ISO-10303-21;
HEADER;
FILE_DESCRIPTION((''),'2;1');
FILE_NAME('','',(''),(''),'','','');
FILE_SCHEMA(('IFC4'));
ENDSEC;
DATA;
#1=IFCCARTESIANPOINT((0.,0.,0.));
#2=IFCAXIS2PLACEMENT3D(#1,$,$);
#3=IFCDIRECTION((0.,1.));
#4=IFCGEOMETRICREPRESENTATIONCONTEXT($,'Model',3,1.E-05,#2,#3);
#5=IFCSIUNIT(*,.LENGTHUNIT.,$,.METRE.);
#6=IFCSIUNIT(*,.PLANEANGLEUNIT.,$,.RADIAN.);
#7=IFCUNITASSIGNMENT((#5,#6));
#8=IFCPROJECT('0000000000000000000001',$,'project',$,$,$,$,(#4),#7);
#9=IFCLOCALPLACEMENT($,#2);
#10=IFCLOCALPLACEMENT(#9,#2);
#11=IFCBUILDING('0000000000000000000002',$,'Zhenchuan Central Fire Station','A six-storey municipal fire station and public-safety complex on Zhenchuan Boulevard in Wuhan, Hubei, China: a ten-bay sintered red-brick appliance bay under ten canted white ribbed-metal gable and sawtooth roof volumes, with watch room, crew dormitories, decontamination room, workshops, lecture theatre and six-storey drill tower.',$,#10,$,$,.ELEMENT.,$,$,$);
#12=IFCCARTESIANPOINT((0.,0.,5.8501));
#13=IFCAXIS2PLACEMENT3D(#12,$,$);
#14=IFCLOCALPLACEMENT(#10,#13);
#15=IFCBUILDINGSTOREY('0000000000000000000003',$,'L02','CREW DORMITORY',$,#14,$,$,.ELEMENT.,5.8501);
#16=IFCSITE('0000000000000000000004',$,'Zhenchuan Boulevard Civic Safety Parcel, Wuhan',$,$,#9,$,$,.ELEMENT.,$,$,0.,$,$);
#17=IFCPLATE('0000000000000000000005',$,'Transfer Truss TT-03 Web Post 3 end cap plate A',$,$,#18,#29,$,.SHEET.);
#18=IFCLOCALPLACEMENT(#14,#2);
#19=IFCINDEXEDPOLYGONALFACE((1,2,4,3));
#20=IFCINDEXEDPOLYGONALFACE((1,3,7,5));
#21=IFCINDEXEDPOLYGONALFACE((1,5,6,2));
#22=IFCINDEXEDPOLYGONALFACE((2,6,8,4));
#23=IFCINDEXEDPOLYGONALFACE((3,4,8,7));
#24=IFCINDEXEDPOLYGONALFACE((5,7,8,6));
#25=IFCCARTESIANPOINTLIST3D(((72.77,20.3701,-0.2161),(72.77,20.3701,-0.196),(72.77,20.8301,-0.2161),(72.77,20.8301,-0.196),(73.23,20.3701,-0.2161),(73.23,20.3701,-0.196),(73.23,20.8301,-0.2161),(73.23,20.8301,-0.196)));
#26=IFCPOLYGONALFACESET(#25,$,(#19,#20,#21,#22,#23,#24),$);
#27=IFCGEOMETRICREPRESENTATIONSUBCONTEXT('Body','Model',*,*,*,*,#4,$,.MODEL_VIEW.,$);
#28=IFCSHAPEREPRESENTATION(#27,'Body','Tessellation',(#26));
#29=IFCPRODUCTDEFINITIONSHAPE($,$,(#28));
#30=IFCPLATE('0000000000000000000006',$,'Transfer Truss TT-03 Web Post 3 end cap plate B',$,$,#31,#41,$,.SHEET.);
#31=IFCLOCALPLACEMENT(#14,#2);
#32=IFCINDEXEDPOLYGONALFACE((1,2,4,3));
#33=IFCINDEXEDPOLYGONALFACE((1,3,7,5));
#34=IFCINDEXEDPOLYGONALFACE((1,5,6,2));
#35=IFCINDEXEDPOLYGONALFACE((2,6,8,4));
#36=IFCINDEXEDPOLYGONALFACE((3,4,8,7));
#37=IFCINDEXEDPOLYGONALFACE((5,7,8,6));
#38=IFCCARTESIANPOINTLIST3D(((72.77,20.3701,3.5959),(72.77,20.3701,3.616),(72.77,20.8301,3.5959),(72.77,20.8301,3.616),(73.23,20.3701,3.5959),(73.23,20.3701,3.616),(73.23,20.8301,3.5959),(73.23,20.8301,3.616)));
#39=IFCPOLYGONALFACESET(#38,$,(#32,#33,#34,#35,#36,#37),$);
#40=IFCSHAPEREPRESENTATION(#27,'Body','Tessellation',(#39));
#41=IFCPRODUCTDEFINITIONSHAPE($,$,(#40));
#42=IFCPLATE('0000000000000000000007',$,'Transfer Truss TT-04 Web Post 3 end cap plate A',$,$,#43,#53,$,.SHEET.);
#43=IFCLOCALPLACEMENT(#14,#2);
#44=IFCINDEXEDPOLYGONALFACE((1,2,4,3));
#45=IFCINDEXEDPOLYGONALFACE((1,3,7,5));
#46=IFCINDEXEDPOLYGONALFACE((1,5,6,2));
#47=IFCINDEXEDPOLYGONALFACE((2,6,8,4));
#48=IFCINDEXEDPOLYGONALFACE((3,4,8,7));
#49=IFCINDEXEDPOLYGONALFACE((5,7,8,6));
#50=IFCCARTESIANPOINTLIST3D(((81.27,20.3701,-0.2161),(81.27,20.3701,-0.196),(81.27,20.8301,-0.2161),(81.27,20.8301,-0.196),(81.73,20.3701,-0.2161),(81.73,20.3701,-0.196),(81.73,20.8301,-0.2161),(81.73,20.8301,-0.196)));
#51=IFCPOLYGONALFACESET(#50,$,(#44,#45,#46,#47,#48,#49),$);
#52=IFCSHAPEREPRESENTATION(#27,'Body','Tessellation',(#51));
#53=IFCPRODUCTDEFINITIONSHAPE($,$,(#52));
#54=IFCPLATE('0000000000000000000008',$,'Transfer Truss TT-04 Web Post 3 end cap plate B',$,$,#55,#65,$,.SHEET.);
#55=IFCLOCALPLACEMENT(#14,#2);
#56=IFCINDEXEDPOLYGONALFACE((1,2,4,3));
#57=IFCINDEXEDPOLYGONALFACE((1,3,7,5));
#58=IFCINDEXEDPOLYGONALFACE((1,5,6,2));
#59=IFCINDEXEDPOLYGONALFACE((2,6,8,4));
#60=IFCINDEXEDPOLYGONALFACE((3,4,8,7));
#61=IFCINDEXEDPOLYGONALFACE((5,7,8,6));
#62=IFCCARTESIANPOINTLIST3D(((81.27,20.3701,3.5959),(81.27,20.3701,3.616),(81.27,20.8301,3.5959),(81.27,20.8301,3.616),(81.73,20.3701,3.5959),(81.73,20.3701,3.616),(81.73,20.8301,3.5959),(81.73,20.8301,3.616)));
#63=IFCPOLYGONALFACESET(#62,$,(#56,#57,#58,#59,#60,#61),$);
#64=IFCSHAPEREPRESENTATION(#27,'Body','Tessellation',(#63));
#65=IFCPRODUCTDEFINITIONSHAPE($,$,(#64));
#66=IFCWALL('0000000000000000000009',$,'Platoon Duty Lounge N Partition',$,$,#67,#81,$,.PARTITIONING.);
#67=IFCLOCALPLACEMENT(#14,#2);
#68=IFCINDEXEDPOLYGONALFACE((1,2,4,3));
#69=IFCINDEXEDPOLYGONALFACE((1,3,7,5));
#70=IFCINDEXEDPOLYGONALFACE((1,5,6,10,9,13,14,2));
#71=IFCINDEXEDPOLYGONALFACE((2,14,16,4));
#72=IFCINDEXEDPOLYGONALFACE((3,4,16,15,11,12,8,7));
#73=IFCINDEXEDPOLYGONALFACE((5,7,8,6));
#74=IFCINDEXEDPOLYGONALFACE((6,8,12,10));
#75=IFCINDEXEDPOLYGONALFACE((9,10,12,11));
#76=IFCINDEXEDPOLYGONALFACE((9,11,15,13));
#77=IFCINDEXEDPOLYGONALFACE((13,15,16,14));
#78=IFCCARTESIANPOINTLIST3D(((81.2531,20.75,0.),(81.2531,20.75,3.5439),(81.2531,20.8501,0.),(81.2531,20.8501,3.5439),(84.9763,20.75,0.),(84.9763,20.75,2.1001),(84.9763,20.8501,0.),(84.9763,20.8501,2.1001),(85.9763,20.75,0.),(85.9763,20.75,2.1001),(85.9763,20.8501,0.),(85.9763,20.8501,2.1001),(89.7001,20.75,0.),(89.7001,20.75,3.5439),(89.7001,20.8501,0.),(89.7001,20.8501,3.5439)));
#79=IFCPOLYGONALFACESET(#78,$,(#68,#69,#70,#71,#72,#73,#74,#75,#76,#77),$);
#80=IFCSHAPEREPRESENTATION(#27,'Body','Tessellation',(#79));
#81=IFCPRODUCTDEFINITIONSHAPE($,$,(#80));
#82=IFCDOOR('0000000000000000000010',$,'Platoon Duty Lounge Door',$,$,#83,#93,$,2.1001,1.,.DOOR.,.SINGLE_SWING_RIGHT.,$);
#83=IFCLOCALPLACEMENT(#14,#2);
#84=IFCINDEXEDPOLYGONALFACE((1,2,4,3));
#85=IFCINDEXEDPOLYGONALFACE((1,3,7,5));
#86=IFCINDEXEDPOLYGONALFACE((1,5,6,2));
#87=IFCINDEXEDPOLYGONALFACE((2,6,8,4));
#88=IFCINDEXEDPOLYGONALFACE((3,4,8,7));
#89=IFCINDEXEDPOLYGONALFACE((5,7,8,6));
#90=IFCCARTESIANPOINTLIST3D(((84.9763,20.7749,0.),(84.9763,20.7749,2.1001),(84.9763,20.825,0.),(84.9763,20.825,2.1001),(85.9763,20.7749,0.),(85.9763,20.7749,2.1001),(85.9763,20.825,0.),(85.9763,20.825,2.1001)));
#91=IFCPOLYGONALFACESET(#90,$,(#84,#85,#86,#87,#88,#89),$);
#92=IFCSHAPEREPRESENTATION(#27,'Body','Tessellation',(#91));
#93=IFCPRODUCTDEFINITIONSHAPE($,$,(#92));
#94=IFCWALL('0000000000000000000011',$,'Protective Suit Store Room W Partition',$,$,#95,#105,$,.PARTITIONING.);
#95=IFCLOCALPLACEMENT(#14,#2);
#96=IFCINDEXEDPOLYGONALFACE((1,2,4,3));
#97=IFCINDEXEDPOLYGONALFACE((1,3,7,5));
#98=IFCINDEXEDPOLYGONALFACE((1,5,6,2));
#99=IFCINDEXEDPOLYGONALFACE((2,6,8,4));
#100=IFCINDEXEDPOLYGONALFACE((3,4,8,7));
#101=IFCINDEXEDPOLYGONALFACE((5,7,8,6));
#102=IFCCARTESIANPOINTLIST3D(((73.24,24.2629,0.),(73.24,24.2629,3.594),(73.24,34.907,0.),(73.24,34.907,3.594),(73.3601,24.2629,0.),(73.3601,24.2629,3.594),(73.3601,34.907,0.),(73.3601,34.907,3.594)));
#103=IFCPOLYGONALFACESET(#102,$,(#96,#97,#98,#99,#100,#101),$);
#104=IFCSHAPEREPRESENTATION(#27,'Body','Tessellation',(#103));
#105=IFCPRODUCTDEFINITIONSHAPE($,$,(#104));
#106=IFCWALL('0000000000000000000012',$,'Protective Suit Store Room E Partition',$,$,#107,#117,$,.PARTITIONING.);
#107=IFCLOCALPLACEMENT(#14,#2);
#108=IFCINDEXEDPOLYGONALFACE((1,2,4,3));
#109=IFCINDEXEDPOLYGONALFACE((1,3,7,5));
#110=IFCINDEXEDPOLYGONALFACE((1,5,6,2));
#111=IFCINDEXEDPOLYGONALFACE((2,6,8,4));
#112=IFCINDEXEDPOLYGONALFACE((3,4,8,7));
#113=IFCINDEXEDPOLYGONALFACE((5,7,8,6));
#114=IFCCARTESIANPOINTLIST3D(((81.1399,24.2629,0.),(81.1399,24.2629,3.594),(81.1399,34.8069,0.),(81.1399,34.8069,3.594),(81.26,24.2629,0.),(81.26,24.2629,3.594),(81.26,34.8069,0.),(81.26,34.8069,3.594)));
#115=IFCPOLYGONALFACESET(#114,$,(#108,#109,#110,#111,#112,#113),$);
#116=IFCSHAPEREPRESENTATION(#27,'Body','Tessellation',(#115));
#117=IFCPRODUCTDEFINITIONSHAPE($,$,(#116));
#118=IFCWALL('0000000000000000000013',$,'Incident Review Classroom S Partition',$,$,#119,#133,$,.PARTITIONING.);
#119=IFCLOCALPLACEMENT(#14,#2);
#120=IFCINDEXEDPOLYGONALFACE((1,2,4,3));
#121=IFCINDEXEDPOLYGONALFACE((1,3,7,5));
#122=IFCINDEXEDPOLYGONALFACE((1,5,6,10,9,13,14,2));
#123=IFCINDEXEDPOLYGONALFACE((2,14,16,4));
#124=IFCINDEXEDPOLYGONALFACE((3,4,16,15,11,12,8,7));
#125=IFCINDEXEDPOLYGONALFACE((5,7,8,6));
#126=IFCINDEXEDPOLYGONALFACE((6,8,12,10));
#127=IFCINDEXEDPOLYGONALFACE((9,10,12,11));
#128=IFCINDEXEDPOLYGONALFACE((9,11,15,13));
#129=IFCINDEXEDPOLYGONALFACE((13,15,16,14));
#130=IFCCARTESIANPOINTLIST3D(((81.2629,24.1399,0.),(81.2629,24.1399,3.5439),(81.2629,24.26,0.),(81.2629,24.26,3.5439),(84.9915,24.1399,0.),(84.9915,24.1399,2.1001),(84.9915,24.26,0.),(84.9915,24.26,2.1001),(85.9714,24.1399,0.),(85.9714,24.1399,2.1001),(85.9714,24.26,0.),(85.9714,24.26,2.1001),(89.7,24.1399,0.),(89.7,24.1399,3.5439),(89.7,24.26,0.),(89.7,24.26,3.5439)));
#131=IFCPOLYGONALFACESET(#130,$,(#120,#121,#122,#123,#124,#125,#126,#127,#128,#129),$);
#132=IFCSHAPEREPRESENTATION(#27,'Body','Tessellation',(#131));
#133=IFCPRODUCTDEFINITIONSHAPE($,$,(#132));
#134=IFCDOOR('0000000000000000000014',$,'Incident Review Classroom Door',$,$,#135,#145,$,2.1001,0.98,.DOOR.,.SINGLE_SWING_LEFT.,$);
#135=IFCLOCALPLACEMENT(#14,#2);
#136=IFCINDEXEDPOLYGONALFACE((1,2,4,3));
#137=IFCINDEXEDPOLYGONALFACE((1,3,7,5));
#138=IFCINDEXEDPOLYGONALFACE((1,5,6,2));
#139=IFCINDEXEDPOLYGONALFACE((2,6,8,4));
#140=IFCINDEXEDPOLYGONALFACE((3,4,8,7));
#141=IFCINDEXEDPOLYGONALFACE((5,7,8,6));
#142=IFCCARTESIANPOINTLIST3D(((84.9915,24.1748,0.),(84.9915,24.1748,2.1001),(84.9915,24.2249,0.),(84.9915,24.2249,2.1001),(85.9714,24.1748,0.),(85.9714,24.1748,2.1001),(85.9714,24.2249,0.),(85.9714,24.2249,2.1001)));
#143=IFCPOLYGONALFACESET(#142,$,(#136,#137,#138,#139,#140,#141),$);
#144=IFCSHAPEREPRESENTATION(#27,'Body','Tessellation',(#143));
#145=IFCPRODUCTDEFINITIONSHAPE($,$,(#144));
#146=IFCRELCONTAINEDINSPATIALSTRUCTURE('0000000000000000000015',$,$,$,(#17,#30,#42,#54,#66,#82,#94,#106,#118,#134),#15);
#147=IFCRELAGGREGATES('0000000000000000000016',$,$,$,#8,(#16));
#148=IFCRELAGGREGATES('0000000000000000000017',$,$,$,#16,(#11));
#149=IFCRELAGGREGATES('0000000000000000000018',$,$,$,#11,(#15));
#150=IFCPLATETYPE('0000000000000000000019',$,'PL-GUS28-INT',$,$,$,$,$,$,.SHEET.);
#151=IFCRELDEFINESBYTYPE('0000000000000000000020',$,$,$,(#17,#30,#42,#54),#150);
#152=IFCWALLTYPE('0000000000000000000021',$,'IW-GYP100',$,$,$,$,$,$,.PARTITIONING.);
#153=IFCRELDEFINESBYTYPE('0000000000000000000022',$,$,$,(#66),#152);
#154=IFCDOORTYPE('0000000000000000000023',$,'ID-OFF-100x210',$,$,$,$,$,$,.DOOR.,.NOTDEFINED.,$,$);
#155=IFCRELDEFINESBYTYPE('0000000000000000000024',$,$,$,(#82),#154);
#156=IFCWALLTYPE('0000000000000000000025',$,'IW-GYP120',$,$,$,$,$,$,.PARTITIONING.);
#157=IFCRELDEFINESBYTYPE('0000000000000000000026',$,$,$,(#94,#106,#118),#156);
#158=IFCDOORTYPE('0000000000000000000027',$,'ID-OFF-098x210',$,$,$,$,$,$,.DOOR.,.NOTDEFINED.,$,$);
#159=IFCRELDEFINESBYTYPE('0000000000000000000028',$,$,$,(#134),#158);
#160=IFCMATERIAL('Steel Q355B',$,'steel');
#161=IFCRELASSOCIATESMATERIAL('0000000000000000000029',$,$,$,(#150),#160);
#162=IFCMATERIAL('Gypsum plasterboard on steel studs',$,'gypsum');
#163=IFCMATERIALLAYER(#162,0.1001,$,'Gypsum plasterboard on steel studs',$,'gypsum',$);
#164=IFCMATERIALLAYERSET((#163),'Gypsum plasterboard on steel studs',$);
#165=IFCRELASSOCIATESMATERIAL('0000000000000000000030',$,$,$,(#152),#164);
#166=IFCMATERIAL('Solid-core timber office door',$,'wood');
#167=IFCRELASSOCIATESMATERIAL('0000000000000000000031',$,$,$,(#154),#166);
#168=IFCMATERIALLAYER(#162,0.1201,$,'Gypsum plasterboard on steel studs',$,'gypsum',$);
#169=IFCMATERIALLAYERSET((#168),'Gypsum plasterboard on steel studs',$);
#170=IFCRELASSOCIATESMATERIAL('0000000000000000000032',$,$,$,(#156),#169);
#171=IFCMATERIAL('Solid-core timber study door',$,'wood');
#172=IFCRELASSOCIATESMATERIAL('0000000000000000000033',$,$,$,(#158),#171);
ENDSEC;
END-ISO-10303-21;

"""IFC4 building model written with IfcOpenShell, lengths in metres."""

from ifc_helpers import new_model, si_unit, direction, frame, frame_2d, origin, origin_2d, place, context, subcontext, project, spatial, rectangle, extrude, material, layer, layer_set, material_profile, profile_set, type_object, element, fill, save


model = new_model("IFC4")

# Units and contexts
model_context = context("Model", 3, precision=1e-05, world=origin(), true_north=direction((0.0, 1.0)))
body_context = subcontext(model_context, "Body", "Model", "MODEL_VIEW")
ifc_project = project(units=[si_unit("LENGTHUNIT", "METRE"), si_unit("PLANEANGLEUNIT", "RADIAN")], contexts=[model_context])

# Site, building, storey
site_placement = place(None, origin())
site = spatial("IfcSite", under=ifc_project, at=site_placement, Name="Zhenchuan Boulevard Civic Safety Parcel, Wuhan", CompositionType="ELEMENT", RefElevation=0.0)
building_placement = place(site_placement, origin())
building = spatial("IfcBuilding", under=site, at=building_placement, Name="Zhenchuan Central Fire Station", Description="A six-storey municipal fire station and public-safety complex on Zhenchuan Boulevard in Wuhan, Hubei, China: a ten-bay sintered red-brick appliance bay under ten canted white ribbed-metal gable and sawtooth roof volumes, with watch room, crew dormitories, decontamination room, workshops, lecture theatre and six-storey drill tower.", CompositionType="ELEMENT")
storey_placement = place(building_placement, frame((0.0, 0.0, 5.8501)))
storey = spatial("IfcBuildingStorey", under=building, at=storey_placement, Name="L02", Description="CREW DORMITORY", CompositionType="ELEMENT", Elevation=5.8501)

# Shared definitions
ifc_material_1 = material(Name="Steel Q355B", Category="steel")

# Plates
ifc_material_profile_1 = material_profile(ifc_material_1, rectangle(XDim=0.46, YDim=0.46, at=origin_2d()), Name="PL 460x460x28")
ifc_profile_set_1 = profile_set([ifc_material_profile_1], Name="Steel Q355B")
plate_type_1 = type_object("IfcPlateType", Name="PL-GUS28-INT", PredefinedType="SHEET", material=ifc_profile_set_1)
for number, where, z_axis, x_axis, name in (
    (1, (73.0, 20.6001, -0.2161), (0.0, 0.0, 1.0), (1.0, 0.0, 0.0), "Transfer Truss TT-03 Web Post 3 end cap plate A"),
    (2, (73.0, 20.6001, 3.5959), (0.0, 0.0, 1.0), (1.0, 0.0, 0.0), "Transfer Truss TT-03 Web Post 3 end cap plate B"),
    (3, (81.5, 20.6001, -0.2161), (0.0, 0.0, 1.0), (1.0, 0.0, 0.0), "Transfer Truss TT-04 Web Post 3 end cap plate A"),
    (4, (81.5, 20.6001, 3.5959), (0.0, 0.0, 1.0), (1.0, 0.0, 0.0), "Transfer Truss TT-04 Web Post 3 end cap plate B"),
):
    element("IfcPlate", number, at=place(storey_placement, frame(where, z_axis=z_axis, x_axis=x_axis)), inside=storey, type_object=plate_type_1, Name=name, PredefinedType="SHEET", context=body_context, shape_type="SweptSolid", body=[
        extrude(rectangle(XDim=0.46, YDim=0.46, at=origin_2d()), origin(), (0.0, 0.0, 1.0), 0.02),
    ])

# Wall, opening, door
ifc_material_2 = material(Name="Gypsum plasterboard on steel studs", Category="gypsum")
ifc_layer_1 = layer(ifc_material_2, 0.1001, Name="Gypsum plasterboard on steel studs", Category="gypsum")
ifc_layer_set_1 = layer_set([ifc_layer_1], Name="Gypsum plasterboard on steel studs")
wall_type_1 = type_object("IfcWallType", Name="IW-GYP100", PredefinedType="PARTITIONING", material=ifc_layer_set_1)
wall_1_placement = place(storey_placement, frame((81.2529, 20.8, 0.0), z_axis=(0.0, 0.0, 1.0), x_axis=(1.0, 0.0, 0.0)))
wall_1 = element("IfcWall", 5, at=wall_1_placement, inside=storey, type_object=wall_type_1, Name="Platoon Duty Lounge N Partition", PredefinedType="PARTITIONING", context=body_context, shape_type="SweptSolid", body=[
    extrude(rectangle(XDim=8.447, YDim=0.1001, at=frame_2d((4.2236, 0.0))), origin(), (0.0, 0.0, 1.0), 3.5439),
])
opening_1_placement = place(wall_1_placement, frame((3.7234, 0.0, 0.0)))
opening_1 = element("IfcOpeningElement", 6, at=opening_1_placement, cuts=wall_1, PredefinedType="OPENING", context=body_context, shape_type="SweptSolid", body=[
    extrude(rectangle(XDim=1.0, YDim=2.1001, at=frame_2d((0.5, 1.05))), frame((0.0, 0.0601, 0.0), z_axis=(0.0, -1.0, 0.0), x_axis=(1.0, 0.0, 0.0)), (0.0, 0.0, 1.0), 0.1201),
])
ifc_material_3 = material(Name="Solid-core timber office door", Category="wood")
door_type_1 = type_object("IfcDoorType", Name="ID-OFF-100x210", OperationType="NOTDEFINED", PredefinedType="DOOR", material=ifc_material_3)
door_1_placement = place(opening_1_placement, origin())
door_1 = element("IfcDoor", 7, at=door_1_placement, inside=storey, type_object=door_type_1, Name="Platoon Duty Lounge Door", OperationType="SINGLE_SWING_RIGHT", OverallHeight=2.1001, OverallWidth=1.0, PredefinedType="DOOR", context=body_context, shape_type="SweptSolid", body=[
    extrude(rectangle(XDim=1.0, YDim=2.1001, at=frame_2d((0.5, 1.05))), frame((0.0, 0.0249, 0.0), z_axis=(0.0, -1.0, 0.0), x_axis=(1.0, 0.0, 0.0)), (0.0, 0.0, 1.0), 0.05),
])
fill(opening_1, door_1)

# Walls
ifc_layer_2 = layer(ifc_material_2, 0.1201, Name="Gypsum plasterboard on steel studs", Category="gypsum")
ifc_layer_set_2 = layer_set([ifc_layer_2], Name="Gypsum plasterboard on steel studs")
wall_type_2 = type_object("IfcWallType", Name="IW-GYP120", PredefinedType="PARTITIONING", material=ifc_layer_set_2)
wall_2_placement = place(storey_placement, frame((73.3, 24.2629, 0.0), z_axis=(0.0, 0.0, 1.0), x_axis=(0.0, 1.0, 0.0)))
element("IfcWall", 8, at=wall_2_placement, inside=storey, type_object=wall_type_2, Name="Protective Suit Store Room W Partition", PredefinedType="PARTITIONING", context=body_context, shape_type="SweptSolid", body=[
    extrude(rectangle(XDim=10.644, YDim=0.1201, at=frame_2d((5.322, 0.0))), origin(), (0.0, 0.0, 1.0), 3.594),
])
wall_3_placement = place(storey_placement, frame((81.2, 24.2629, 0.0), z_axis=(0.0, 0.0, 1.0), x_axis=(0.0, 1.0, 0.0)))
element("IfcWall", 9, at=wall_3_placement, inside=storey, type_object=wall_type_2, Name="Protective Suit Store Room E Partition", PredefinedType="PARTITIONING", context=body_context, shape_type="SweptSolid", body=[
    extrude(rectangle(XDim=10.5439, YDim=0.1201, at=frame_2d((5.272, 0.0))), origin(), (0.0, 0.0, 1.0), 3.594),
])

# Wall, opening, door
wall_4_placement = place(storey_placement, frame((81.2629, 24.2, 0.0), z_axis=(0.0, 0.0, 1.0), x_axis=(1.0, 0.0, 0.0)))
wall_4 = element("IfcWall", 10, at=wall_4_placement, inside=storey, type_object=wall_type_2, Name="Incident Review Classroom S Partition", PredefinedType="PARTITIONING", context=body_context, shape_type="SweptSolid", body=[
    extrude(rectangle(XDim=8.437, YDim=0.1201, at=frame_2d((4.2185, 0.0))), origin(), (0.0, 0.0, 1.0), 3.5439),
])
opening_2_placement = place(wall_4_placement, frame((3.7285, 0.0, 0.0)))
opening_2 = element("IfcOpeningElement", 11, at=opening_2_placement, cuts=wall_4, PredefinedType="OPENING", context=body_context, shape_type="SweptSolid", body=[
    extrude(rectangle(XDim=0.98, YDim=2.1001, at=frame_2d((0.49, 1.05))), frame((0.0, 0.0701, 0.0), z_axis=(0.0, -1.0, 0.0), x_axis=(1.0, 0.0, 0.0)), (0.0, 0.0, 1.0), 0.1401),
])
ifc_material_4 = material(Name="Solid-core timber study door", Category="wood")
door_type_2 = type_object("IfcDoorType", Name="ID-OFF-098x210", OperationType="NOTDEFINED", PredefinedType="DOOR", material=ifc_material_4)
door_2_placement = place(opening_2_placement, origin())
door_2 = element("IfcDoor", 12, at=door_2_placement, inside=storey, type_object=door_type_2, Name="Incident Review Classroom Door", OperationType="SINGLE_SWING_LEFT", OverallHeight=2.1001, OverallWidth=0.98, PredefinedType="DOOR", context=body_context, shape_type="SweptSolid", body=[
    extrude(rectangle(XDim=0.98, YDim=2.1001, at=frame_2d((0.49, 1.05))), frame((0.0, 0.0249, 0.0), z_axis=(0.0, -1.0, 0.0), x_axis=(1.0, 0.0, 0.0)), (0.0, 0.0, 1.0), 0.05),
])
fill(opening_2, door_2)

save(model, "model.ifc")
